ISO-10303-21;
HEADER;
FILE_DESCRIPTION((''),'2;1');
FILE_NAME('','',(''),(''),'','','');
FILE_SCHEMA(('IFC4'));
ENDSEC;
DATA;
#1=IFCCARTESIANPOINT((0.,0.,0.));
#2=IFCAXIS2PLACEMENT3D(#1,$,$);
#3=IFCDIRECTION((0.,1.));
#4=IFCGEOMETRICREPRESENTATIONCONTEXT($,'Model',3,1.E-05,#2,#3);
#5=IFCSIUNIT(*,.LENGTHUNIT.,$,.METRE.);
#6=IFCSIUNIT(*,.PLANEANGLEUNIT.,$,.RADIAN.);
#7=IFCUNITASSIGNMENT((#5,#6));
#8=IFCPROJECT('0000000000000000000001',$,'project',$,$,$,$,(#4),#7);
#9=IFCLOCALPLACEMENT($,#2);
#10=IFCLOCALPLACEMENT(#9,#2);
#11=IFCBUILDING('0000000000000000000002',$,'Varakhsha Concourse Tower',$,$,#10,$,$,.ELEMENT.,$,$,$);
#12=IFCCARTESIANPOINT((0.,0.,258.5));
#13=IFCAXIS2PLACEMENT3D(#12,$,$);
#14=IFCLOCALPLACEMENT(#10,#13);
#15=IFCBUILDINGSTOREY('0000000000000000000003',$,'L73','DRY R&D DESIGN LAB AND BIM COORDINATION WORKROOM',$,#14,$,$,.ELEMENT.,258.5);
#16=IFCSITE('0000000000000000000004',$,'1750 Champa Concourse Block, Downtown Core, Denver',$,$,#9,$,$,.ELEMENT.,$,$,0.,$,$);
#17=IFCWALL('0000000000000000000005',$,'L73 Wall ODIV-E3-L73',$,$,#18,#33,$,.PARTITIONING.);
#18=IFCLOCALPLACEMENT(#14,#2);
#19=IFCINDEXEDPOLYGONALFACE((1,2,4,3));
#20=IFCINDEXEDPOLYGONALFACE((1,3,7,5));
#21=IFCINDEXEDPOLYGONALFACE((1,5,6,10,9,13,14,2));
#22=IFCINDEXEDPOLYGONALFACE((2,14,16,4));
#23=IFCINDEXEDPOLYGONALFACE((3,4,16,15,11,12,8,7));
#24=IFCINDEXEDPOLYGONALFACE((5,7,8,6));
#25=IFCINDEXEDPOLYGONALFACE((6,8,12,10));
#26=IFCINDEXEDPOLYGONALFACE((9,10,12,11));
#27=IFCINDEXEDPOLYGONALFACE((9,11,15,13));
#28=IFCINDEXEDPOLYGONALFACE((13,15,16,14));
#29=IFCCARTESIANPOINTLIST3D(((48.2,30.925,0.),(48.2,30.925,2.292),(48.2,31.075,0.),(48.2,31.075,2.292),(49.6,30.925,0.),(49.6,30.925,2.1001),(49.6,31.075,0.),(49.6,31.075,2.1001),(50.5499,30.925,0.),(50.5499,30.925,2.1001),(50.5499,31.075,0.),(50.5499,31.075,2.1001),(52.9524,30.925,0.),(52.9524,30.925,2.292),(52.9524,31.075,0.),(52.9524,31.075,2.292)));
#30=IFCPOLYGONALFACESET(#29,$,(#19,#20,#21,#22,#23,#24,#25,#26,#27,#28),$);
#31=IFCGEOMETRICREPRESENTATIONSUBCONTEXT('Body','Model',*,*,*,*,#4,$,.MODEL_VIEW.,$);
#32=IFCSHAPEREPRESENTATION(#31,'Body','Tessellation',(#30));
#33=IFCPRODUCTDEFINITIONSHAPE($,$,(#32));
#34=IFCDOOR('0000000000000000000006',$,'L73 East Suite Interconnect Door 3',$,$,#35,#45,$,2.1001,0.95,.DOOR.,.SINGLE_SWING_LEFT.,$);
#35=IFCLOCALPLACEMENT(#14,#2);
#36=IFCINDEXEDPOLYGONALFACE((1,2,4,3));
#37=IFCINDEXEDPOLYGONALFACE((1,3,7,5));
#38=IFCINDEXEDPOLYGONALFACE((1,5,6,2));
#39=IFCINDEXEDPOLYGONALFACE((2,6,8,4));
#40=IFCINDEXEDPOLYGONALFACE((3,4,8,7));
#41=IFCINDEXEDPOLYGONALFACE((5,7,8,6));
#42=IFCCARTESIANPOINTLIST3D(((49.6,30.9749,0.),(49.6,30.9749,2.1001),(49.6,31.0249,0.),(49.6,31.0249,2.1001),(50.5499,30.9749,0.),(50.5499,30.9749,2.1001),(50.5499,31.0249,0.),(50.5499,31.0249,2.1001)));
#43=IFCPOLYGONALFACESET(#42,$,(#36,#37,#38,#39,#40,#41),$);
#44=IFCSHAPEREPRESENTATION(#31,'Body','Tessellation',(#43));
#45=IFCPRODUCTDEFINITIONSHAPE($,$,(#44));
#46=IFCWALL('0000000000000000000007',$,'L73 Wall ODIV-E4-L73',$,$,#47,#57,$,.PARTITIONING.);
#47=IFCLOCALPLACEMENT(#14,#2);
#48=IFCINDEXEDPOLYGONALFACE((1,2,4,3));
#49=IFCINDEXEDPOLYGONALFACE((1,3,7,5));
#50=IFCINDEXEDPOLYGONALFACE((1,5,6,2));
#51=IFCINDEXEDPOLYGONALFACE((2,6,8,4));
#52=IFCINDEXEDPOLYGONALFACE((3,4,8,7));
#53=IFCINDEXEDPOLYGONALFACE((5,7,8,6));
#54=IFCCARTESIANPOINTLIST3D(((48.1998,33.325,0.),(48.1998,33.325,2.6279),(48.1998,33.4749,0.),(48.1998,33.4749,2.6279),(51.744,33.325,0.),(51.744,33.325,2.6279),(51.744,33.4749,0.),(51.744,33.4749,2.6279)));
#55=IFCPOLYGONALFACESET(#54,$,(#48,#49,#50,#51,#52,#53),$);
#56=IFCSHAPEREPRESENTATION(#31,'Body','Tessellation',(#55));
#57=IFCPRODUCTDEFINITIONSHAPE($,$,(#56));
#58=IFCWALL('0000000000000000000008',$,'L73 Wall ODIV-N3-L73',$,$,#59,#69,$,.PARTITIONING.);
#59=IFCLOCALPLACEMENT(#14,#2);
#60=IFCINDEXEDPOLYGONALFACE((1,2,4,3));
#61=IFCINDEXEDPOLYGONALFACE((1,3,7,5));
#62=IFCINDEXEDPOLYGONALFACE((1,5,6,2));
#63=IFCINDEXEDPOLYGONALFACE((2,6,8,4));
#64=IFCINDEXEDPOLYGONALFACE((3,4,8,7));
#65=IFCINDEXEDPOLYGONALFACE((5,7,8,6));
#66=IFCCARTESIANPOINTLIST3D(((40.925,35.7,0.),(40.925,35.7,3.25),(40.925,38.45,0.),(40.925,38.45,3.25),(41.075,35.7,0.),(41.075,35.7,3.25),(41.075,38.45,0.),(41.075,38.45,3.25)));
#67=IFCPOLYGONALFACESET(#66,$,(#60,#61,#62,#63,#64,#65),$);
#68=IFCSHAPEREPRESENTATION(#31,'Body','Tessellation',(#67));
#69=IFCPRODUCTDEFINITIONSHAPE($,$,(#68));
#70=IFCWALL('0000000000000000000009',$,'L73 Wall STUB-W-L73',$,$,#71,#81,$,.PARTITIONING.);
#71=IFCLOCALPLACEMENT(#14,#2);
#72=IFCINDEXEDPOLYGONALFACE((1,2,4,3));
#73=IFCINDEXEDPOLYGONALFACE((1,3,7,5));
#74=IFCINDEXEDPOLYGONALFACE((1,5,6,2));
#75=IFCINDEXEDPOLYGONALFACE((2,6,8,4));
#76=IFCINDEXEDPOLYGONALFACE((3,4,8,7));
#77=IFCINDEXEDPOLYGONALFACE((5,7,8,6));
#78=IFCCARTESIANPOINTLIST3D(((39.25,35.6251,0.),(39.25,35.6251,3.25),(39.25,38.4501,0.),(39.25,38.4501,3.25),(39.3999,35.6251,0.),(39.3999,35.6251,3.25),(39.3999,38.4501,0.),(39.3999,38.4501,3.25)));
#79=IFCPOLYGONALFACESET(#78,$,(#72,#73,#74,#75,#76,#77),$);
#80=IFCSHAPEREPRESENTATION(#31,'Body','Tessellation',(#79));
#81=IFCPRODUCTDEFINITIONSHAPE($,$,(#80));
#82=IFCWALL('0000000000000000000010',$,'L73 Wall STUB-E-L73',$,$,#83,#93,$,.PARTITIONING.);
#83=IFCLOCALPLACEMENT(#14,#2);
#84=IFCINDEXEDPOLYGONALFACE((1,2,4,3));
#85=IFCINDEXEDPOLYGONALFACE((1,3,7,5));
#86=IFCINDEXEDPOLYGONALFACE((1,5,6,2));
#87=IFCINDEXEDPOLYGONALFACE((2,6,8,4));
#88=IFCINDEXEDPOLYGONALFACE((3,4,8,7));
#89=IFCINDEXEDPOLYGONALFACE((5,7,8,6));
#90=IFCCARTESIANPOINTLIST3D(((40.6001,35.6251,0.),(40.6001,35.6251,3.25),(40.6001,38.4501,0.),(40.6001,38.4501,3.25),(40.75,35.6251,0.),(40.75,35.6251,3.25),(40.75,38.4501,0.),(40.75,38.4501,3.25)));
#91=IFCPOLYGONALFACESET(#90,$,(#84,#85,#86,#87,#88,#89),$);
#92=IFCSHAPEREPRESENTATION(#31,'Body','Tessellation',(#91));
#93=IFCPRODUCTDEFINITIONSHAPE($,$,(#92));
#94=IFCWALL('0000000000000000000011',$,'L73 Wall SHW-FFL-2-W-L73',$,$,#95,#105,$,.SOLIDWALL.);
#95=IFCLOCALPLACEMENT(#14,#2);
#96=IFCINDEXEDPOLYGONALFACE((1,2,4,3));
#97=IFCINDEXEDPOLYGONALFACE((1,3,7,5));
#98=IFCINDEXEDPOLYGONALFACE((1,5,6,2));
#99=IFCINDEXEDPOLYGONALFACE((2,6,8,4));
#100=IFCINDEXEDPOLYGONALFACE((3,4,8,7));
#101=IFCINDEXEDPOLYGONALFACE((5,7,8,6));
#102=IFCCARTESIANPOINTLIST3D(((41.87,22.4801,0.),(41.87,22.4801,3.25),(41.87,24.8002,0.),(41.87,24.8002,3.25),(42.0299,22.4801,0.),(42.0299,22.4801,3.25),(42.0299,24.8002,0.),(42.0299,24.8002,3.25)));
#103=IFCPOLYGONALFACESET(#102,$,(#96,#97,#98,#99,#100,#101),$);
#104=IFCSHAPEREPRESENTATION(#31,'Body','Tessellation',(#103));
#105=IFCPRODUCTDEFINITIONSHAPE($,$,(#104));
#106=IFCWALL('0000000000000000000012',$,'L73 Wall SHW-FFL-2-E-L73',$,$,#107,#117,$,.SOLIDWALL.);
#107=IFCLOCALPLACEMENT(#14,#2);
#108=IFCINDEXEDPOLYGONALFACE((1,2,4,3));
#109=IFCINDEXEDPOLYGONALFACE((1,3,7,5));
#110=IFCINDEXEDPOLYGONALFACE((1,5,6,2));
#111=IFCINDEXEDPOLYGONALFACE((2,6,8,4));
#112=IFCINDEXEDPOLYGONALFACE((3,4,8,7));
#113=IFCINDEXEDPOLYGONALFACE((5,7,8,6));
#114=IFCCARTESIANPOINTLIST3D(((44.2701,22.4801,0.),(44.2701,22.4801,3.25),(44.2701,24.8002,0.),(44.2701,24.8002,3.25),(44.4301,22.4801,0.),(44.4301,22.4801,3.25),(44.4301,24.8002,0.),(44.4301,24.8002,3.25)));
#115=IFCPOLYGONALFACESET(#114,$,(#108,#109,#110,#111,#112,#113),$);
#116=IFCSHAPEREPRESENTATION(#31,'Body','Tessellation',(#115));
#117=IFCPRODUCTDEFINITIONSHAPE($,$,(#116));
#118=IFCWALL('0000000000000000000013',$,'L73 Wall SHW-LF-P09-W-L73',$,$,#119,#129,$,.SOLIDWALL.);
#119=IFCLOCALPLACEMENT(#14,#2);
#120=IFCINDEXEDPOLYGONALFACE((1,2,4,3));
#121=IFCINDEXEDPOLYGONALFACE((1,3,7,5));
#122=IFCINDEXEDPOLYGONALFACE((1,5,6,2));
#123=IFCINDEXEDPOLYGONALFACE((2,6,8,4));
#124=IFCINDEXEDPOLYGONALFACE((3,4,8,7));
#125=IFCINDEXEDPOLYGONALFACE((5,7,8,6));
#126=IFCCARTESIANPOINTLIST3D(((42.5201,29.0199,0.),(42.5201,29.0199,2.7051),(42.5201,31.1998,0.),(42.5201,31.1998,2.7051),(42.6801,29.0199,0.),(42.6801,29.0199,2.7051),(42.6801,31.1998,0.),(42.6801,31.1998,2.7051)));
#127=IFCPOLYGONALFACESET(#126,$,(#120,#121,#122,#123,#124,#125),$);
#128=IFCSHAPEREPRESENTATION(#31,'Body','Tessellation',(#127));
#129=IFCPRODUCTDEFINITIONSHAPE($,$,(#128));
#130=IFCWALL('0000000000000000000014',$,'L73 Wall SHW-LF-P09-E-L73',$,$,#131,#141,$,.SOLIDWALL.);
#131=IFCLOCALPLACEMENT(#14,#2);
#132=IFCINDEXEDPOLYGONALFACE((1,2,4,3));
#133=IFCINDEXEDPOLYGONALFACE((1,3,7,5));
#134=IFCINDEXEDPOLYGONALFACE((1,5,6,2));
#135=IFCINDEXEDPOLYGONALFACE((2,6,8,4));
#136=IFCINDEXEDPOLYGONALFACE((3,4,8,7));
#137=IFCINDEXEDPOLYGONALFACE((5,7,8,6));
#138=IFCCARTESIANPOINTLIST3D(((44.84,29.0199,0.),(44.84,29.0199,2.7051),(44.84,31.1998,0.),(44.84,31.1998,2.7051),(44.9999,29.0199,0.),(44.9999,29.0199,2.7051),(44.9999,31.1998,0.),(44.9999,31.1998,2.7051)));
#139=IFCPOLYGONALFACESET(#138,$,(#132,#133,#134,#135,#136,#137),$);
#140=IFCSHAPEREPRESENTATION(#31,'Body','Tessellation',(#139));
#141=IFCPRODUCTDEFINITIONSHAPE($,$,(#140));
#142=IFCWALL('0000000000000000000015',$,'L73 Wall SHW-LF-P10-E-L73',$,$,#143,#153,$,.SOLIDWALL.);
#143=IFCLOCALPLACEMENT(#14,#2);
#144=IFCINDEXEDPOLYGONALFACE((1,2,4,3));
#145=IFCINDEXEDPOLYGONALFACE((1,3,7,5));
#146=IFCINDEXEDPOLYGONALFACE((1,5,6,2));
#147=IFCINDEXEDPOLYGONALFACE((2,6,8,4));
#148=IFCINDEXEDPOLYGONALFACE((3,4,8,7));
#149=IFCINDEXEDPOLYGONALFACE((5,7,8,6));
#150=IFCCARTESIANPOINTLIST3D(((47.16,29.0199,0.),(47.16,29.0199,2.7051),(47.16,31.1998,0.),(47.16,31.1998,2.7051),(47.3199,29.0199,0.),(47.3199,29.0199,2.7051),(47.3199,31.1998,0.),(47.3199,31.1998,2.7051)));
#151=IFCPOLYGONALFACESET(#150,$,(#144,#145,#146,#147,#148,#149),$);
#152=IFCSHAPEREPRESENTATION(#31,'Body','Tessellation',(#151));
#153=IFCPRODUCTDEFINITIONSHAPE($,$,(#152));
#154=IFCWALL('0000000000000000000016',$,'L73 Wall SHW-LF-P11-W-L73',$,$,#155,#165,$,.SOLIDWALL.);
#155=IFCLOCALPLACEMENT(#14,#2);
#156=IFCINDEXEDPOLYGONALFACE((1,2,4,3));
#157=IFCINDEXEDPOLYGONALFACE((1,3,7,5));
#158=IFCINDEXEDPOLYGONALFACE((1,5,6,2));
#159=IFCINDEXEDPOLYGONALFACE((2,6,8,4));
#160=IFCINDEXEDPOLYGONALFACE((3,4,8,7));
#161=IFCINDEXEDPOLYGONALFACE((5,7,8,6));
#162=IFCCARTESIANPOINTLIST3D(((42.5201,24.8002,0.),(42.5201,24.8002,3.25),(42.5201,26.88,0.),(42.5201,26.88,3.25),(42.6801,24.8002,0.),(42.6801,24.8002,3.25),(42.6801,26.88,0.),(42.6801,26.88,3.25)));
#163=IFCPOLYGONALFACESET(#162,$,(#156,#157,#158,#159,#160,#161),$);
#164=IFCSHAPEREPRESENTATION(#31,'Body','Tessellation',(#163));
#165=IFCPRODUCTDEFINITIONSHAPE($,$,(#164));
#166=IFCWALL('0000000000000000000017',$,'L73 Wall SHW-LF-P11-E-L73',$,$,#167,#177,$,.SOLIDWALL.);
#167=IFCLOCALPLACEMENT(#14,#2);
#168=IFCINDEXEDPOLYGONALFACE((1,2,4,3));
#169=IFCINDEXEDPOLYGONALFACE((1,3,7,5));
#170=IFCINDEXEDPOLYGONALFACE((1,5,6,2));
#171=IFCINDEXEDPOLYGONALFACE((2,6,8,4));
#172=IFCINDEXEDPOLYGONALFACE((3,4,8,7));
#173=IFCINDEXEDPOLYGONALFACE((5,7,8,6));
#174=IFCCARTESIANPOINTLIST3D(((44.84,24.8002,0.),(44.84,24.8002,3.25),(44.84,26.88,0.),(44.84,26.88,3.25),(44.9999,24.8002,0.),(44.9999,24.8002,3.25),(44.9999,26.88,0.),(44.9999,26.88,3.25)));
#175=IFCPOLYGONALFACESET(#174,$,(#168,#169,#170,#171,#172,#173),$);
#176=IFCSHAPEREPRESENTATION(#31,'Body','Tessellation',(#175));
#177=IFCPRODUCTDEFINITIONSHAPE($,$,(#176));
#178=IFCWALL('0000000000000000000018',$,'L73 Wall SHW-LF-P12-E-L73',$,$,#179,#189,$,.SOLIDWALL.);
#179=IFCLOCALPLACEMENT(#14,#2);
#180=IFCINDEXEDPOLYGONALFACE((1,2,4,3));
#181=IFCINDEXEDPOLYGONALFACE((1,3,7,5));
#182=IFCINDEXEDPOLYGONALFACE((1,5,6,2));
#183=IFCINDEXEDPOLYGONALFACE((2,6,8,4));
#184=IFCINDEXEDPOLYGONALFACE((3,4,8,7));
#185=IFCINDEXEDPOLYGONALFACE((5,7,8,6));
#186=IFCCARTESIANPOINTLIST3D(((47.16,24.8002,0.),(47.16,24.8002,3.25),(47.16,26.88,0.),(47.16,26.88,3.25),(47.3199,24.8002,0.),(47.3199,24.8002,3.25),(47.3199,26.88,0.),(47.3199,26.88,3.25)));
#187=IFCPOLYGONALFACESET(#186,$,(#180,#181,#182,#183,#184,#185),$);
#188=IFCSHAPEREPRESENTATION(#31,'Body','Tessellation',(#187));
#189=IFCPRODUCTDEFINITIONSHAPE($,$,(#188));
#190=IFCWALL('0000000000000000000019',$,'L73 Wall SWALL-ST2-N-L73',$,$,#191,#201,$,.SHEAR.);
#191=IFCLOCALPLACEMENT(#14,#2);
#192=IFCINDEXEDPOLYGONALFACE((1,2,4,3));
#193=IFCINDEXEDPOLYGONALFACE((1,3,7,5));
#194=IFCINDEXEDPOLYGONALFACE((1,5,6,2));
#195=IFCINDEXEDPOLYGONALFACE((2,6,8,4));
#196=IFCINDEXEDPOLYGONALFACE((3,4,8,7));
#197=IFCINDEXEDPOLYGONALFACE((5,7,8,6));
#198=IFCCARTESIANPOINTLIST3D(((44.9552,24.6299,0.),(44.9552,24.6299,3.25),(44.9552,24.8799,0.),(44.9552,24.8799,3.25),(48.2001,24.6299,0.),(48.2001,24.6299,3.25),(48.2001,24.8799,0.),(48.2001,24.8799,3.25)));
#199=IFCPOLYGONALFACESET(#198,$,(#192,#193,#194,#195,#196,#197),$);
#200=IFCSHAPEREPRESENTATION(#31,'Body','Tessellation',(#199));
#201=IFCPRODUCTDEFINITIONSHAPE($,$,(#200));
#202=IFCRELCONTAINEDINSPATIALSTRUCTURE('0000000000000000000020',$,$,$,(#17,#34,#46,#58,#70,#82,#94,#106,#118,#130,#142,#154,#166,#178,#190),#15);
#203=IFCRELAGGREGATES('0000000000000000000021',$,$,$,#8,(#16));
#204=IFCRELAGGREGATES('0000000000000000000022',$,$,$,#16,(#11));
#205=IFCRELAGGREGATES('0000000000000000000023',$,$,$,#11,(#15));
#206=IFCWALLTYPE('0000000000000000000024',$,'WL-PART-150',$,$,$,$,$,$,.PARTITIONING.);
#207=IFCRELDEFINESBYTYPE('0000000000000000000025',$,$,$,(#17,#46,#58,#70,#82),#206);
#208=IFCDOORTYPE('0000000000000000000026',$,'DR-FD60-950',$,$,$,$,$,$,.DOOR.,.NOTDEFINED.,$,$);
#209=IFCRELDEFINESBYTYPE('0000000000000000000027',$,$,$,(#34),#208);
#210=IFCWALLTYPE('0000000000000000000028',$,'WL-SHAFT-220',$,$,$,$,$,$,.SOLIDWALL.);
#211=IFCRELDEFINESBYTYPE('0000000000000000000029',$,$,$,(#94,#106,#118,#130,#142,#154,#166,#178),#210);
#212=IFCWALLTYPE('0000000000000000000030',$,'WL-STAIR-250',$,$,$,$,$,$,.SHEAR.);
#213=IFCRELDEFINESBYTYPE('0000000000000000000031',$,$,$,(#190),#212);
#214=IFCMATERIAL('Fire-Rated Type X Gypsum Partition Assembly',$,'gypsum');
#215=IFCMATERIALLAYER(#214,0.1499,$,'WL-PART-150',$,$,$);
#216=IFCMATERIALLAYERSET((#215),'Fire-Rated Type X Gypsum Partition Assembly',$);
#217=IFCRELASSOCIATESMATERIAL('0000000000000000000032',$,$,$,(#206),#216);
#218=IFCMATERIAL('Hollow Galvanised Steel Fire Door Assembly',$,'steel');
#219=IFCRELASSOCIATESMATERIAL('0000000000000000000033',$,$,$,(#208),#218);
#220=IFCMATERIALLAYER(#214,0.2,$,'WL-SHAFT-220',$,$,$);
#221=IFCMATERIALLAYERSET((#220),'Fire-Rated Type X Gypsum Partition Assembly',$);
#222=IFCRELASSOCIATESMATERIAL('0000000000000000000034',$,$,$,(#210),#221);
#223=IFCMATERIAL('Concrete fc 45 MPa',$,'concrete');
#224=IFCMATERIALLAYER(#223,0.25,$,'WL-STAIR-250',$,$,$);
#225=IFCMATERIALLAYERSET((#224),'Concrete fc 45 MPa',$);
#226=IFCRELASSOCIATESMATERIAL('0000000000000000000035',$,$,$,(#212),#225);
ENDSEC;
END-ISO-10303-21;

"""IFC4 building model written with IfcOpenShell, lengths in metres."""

from ifc_helpers import new_model, si_unit, direction, frame, frame_2d, origin, place, context, subcontext, project, spatial, rectangle, extrude, material, layer, layer_set, type_object, element, fill, save


model = new_model("IFC4")

# Units and contexts
model_context = context("Model", 3, precision=1e-05, world=origin(), true_north=direction((0.0, 1.0)))
body_context = subcontext(model_context, "Body", "Model", "MODEL_VIEW")
ifc_project = project(units=[si_unit("LENGTHUNIT", "METRE"), si_unit("PLANEANGLEUNIT", "RADIAN")], contexts=[model_context])

# Site, building, storey
site_placement = place(None, origin())
site = spatial("IfcSite", under=ifc_project, at=site_placement, Name="1750 Champa Concourse Block, Downtown Core, Denver", CompositionType="ELEMENT", RefElevation=0.0)
building_placement = place(site_placement, origin())
building = spatial("IfcBuilding", under=site, at=building_placement, Name="Varakhsha Concourse Tower", CompositionType="ELEMENT")
storey_placement = place(building_placement, frame((0.0, 0.0, 258.5)))
storey = spatial("IfcBuildingStorey", under=building, at=storey_placement, Name="L73", Description="DRY R&D DESIGN LAB AND BIM COORDINATION WORKROOM", CompositionType="ELEMENT", Elevation=258.5)

# Shared definitions
ifc_material_1 = material(Name="Fire-Rated Type X Gypsum Partition Assembly", Category="gypsum")
ifc_layer_1 = layer(ifc_material_1, 0.1499, Name="WL-PART-150")
ifc_layer_set_1 = layer_set([ifc_layer_1], Name="Fire-Rated Type X Gypsum Partition Assembly")
wall_type_1 = type_object("IfcWallType", Name="WL-PART-150", PredefinedType="PARTITIONING", material=ifc_layer_set_1)

# Shared definitions
ifc_material_2 = material(Name="Hollow Galvanised Steel Fire Door Assembly", Category="steel")
door_type = type_object("IfcDoorType", Name="DR-FD60-950", OperationType="NOTDEFINED", PredefinedType="DOOR", material=ifc_material_2)

# Wall, opening, door
wall_1_placement = place(storey_placement, frame((48.2, 31.0, 0.0), z_axis=(0.0, 0.0, 1.0), x_axis=(1.0, 0.0, 0.0)))
wall_1 = element("IfcWall", 1, at=wall_1_placement, inside=storey, type_object=wall_type_1, Name="L73 Wall ODIV-E3-L73", PredefinedType="PARTITIONING", context=body_context, shape_type="SweptSolid", body=[
    extrude(rectangle(XDim=4.7524, YDim=0.1499, at=frame_2d((2.3762, 0.0))), origin(), (0.0, 0.0, 1.0), 2.292),
])
opening_1_placement = place(wall_1_placement, frame((1.3999, 0.0, 0.0)))
opening_1 = element("IfcOpeningElement", 2, at=opening_1_placement, cuts=wall_1, PredefinedType="OPENING", context=body_context, shape_type="SweptSolid", body=[
    extrude(rectangle(XDim=0.95, YDim=2.1001, at=frame_2d((0.4751, 1.05))), frame((0.0, 0.085, 0.0), z_axis=(0.0, -1.0, 0.0), x_axis=(1.0, 0.0, 0.0)), (0.0, 0.0, 1.0), 0.1699),
])
door_1_placement = place(opening_1_placement, origin())
door_1 = element("IfcDoor", 3, at=door_1_placement, inside=storey, type_object=door_type, Name="L73 East Suite Interconnect Door 3", OperationType="SINGLE_SWING_LEFT", OverallHeight=2.1001, OverallWidth=0.95, PredefinedType="DOOR", context=body_context, shape_type="SweptSolid", body=[
    extrude(rectangle(XDim=0.95, YDim=2.1001, at=frame_2d((0.4751, 1.05))), frame((0.0, 0.0249, 0.0), z_axis=(0.0, -1.0, 0.0), x_axis=(1.0, 0.0, 0.0)), (0.0, 0.0, 1.0), 0.05),
])
fill(opening_1, door_1)

# Walls
wall_2_placement = place(storey_placement, frame((48.2, 33.3999, 0.0), z_axis=(0.0, 0.0, 1.0), x_axis=(1.0, 0.0, 0.0)))
element("IfcWall", 4, at=wall_2_placement, inside=storey, type_object=wall_type_1, Name="L73 Wall ODIV-E4-L73", PredefinedType="PARTITIONING", context=body_context, shape_type="SweptSolid", body=[
    extrude(rectangle(XDim=3.5442, YDim=0.1499, at=frame_2d((1.772, 0.0))), origin(), (0.0, 0.0, 1.0), 2.6279),
])
wall_3_placement = place(storey_placement, frame((41.0, 35.7, 0.0), z_axis=(0.0, 0.0, 1.0), x_axis=(0.0, 1.0, 0.0)))
element("IfcWall", 5, at=wall_3_placement, inside=storey, type_object=wall_type_1, Name="L73 Wall ODIV-N3-L73", PredefinedType="PARTITIONING", context=body_context, shape_type="SweptSolid", body=[
    extrude(rectangle(XDim=2.75, YDim=0.1499, at=frame_2d((1.375, 0.0))), origin(), (0.0, 0.0, 1.0), 3.25),
])
for number, where, z_axis, x_axis, name in (
    (6, (39.325, 35.625, 0.0), (0.0, 0.0, 1.0), (0.0, 1.0, 0.0), "L73 Wall STUB-W-L73"),
    (7, (40.675, 35.625, 0.0), (0.0, 0.0, 1.0), (0.0, 1.0, 0.0), "L73 Wall STUB-E-L73"),
):
    element("IfcWall", number, at=place(storey_placement, frame(where, z_axis=z_axis, x_axis=x_axis)), inside=storey, type_object=wall_type_1, Name=name, PredefinedType="PARTITIONING", context=body_context, shape_type="SweptSolid", body=[
        extrude(rectangle(XDim=2.825, YDim=0.1499, at=frame_2d((1.4126, 0.0))), origin(), (0.0, 0.0, 1.0), 3.25),
    ])
ifc_layer_2 = layer(ifc_material_1, 0.2, Name="WL-SHAFT-220")
ifc_layer_set_2 = layer_set([ifc_layer_2], Name="Fire-Rated Type X Gypsum Partition Assembly")
wall_type_2 = type_object("IfcWallType", Name="WL-SHAFT-220", PredefinedType="SOLIDWALL", material=ifc_layer_set_2)
for number, where, z_axis, x_axis, name in (
    (8, (41.95, 22.48, 0.0), (0.0, 0.0, 1.0), (0.0, 1.0, 0.0), "L73 Wall SHW-FFL-2-W-L73"),
    (9, (44.3501, 22.48, 0.0), (0.0, 0.0, 1.0), (0.0, 1.0, 0.0), "L73 Wall SHW-FFL-2-E-L73"),
):
    element("IfcWall", number, at=place(storey_placement, frame(where, z_axis=z_axis, x_axis=x_axis)), inside=storey, type_object=wall_type_2, Name=name, PredefinedType="SOLIDWALL", context=body_context, shape_type="SweptSolid", body=[
        extrude(rectangle(XDim=2.3201, YDim=0.1599, at=frame_2d((1.1602, 0.0))), origin(), (0.0, 0.0, 1.0), 3.25),
    ])
for number, where, z_axis, x_axis, name in (
    (10, (42.6001, 29.02, 0.0), (0.0, 0.0, 1.0), (0.0, 1.0, 0.0), "L73 Wall SHW-LF-P09-W-L73"),
    (11, (44.9199, 29.02, 0.0), (0.0, 0.0, 1.0), (0.0, 1.0, 0.0), "L73 Wall SHW-LF-P09-E-L73"),
    (12, (47.24, 29.02, 0.0), (0.0, 0.0, 1.0), (0.0, 1.0, 0.0), "L73 Wall SHW-LF-P10-E-L73"),
):
    element("IfcWall", number, at=place(storey_placement, frame(where, z_axis=z_axis, x_axis=x_axis)), inside=storey, type_object=wall_type_2, Name=name, PredefinedType="SOLIDWALL", context=body_context, shape_type="SweptSolid", body=[
        extrude(rectangle(XDim=2.1799, YDim=0.1599, at=frame_2d((1.0898, 0.0))), origin(), (0.0, 0.0, 1.0), 2.7051),
    ])
for number, where, z_axis, x_axis, name in (
    (13, (42.6001, 24.8, 0.0), (0.0, 0.0, 1.0), (0.0, 1.0, 0.0), "L73 Wall SHW-LF-P11-W-L73"),
    (14, (44.9199, 24.8, 0.0), (0.0, 0.0, 1.0), (0.0, 1.0, 0.0), "L73 Wall SHW-LF-P11-E-L73"),
    (15, (47.24, 24.8, 0.0), (0.0, 0.0, 1.0), (0.0, 1.0, 0.0), "L73 Wall SHW-LF-P12-E-L73"),
):
    element("IfcWall", number, at=place(storey_placement, frame(where, z_axis=z_axis, x_axis=x_axis)), inside=storey, type_object=wall_type_2, Name=name, PredefinedType="SOLIDWALL", context=body_context, shape_type="SweptSolid", body=[
        extrude(rectangle(XDim=2.0798, YDim=0.1599, at=frame_2d((1.04, 0.0))), origin(), (0.0, 0.0, 1.0), 3.25),
    ])
ifc_material_3 = material(Name="Concrete fc 45 MPa", Category="concrete")
ifc_layer_3 = layer(ifc_material_3, 0.25, Name="WL-STAIR-250")
ifc_layer_set_3 = layer_set([ifc_layer_3], Name="Concrete fc 45 MPa")
wall_type_3 = type_object("IfcWallType", Name="WL-STAIR-250", PredefinedType="SHEAR", material=ifc_layer_set_3)
wall_4_placement = place(storey_placement, frame((44.9551, 24.7549, 0.0), z_axis=(0.0, 0.0, 1.0), x_axis=(1.0, 0.0, 0.0)))
element("IfcWall", 16, at=wall_4_placement, inside=storey, type_object=wall_type_3, Name="L73 Wall SWALL-ST2-N-L73", PredefinedType="SHEAR", context=body_context, shape_type="SweptSolid", body=[
    extrude(rectangle(XDim=3.2449, YDim=0.25, at=frame_2d((1.6226, 0.0))), origin(), (0.0, 0.0, 1.0), 3.25),
])

save(model, "model.ifc")
